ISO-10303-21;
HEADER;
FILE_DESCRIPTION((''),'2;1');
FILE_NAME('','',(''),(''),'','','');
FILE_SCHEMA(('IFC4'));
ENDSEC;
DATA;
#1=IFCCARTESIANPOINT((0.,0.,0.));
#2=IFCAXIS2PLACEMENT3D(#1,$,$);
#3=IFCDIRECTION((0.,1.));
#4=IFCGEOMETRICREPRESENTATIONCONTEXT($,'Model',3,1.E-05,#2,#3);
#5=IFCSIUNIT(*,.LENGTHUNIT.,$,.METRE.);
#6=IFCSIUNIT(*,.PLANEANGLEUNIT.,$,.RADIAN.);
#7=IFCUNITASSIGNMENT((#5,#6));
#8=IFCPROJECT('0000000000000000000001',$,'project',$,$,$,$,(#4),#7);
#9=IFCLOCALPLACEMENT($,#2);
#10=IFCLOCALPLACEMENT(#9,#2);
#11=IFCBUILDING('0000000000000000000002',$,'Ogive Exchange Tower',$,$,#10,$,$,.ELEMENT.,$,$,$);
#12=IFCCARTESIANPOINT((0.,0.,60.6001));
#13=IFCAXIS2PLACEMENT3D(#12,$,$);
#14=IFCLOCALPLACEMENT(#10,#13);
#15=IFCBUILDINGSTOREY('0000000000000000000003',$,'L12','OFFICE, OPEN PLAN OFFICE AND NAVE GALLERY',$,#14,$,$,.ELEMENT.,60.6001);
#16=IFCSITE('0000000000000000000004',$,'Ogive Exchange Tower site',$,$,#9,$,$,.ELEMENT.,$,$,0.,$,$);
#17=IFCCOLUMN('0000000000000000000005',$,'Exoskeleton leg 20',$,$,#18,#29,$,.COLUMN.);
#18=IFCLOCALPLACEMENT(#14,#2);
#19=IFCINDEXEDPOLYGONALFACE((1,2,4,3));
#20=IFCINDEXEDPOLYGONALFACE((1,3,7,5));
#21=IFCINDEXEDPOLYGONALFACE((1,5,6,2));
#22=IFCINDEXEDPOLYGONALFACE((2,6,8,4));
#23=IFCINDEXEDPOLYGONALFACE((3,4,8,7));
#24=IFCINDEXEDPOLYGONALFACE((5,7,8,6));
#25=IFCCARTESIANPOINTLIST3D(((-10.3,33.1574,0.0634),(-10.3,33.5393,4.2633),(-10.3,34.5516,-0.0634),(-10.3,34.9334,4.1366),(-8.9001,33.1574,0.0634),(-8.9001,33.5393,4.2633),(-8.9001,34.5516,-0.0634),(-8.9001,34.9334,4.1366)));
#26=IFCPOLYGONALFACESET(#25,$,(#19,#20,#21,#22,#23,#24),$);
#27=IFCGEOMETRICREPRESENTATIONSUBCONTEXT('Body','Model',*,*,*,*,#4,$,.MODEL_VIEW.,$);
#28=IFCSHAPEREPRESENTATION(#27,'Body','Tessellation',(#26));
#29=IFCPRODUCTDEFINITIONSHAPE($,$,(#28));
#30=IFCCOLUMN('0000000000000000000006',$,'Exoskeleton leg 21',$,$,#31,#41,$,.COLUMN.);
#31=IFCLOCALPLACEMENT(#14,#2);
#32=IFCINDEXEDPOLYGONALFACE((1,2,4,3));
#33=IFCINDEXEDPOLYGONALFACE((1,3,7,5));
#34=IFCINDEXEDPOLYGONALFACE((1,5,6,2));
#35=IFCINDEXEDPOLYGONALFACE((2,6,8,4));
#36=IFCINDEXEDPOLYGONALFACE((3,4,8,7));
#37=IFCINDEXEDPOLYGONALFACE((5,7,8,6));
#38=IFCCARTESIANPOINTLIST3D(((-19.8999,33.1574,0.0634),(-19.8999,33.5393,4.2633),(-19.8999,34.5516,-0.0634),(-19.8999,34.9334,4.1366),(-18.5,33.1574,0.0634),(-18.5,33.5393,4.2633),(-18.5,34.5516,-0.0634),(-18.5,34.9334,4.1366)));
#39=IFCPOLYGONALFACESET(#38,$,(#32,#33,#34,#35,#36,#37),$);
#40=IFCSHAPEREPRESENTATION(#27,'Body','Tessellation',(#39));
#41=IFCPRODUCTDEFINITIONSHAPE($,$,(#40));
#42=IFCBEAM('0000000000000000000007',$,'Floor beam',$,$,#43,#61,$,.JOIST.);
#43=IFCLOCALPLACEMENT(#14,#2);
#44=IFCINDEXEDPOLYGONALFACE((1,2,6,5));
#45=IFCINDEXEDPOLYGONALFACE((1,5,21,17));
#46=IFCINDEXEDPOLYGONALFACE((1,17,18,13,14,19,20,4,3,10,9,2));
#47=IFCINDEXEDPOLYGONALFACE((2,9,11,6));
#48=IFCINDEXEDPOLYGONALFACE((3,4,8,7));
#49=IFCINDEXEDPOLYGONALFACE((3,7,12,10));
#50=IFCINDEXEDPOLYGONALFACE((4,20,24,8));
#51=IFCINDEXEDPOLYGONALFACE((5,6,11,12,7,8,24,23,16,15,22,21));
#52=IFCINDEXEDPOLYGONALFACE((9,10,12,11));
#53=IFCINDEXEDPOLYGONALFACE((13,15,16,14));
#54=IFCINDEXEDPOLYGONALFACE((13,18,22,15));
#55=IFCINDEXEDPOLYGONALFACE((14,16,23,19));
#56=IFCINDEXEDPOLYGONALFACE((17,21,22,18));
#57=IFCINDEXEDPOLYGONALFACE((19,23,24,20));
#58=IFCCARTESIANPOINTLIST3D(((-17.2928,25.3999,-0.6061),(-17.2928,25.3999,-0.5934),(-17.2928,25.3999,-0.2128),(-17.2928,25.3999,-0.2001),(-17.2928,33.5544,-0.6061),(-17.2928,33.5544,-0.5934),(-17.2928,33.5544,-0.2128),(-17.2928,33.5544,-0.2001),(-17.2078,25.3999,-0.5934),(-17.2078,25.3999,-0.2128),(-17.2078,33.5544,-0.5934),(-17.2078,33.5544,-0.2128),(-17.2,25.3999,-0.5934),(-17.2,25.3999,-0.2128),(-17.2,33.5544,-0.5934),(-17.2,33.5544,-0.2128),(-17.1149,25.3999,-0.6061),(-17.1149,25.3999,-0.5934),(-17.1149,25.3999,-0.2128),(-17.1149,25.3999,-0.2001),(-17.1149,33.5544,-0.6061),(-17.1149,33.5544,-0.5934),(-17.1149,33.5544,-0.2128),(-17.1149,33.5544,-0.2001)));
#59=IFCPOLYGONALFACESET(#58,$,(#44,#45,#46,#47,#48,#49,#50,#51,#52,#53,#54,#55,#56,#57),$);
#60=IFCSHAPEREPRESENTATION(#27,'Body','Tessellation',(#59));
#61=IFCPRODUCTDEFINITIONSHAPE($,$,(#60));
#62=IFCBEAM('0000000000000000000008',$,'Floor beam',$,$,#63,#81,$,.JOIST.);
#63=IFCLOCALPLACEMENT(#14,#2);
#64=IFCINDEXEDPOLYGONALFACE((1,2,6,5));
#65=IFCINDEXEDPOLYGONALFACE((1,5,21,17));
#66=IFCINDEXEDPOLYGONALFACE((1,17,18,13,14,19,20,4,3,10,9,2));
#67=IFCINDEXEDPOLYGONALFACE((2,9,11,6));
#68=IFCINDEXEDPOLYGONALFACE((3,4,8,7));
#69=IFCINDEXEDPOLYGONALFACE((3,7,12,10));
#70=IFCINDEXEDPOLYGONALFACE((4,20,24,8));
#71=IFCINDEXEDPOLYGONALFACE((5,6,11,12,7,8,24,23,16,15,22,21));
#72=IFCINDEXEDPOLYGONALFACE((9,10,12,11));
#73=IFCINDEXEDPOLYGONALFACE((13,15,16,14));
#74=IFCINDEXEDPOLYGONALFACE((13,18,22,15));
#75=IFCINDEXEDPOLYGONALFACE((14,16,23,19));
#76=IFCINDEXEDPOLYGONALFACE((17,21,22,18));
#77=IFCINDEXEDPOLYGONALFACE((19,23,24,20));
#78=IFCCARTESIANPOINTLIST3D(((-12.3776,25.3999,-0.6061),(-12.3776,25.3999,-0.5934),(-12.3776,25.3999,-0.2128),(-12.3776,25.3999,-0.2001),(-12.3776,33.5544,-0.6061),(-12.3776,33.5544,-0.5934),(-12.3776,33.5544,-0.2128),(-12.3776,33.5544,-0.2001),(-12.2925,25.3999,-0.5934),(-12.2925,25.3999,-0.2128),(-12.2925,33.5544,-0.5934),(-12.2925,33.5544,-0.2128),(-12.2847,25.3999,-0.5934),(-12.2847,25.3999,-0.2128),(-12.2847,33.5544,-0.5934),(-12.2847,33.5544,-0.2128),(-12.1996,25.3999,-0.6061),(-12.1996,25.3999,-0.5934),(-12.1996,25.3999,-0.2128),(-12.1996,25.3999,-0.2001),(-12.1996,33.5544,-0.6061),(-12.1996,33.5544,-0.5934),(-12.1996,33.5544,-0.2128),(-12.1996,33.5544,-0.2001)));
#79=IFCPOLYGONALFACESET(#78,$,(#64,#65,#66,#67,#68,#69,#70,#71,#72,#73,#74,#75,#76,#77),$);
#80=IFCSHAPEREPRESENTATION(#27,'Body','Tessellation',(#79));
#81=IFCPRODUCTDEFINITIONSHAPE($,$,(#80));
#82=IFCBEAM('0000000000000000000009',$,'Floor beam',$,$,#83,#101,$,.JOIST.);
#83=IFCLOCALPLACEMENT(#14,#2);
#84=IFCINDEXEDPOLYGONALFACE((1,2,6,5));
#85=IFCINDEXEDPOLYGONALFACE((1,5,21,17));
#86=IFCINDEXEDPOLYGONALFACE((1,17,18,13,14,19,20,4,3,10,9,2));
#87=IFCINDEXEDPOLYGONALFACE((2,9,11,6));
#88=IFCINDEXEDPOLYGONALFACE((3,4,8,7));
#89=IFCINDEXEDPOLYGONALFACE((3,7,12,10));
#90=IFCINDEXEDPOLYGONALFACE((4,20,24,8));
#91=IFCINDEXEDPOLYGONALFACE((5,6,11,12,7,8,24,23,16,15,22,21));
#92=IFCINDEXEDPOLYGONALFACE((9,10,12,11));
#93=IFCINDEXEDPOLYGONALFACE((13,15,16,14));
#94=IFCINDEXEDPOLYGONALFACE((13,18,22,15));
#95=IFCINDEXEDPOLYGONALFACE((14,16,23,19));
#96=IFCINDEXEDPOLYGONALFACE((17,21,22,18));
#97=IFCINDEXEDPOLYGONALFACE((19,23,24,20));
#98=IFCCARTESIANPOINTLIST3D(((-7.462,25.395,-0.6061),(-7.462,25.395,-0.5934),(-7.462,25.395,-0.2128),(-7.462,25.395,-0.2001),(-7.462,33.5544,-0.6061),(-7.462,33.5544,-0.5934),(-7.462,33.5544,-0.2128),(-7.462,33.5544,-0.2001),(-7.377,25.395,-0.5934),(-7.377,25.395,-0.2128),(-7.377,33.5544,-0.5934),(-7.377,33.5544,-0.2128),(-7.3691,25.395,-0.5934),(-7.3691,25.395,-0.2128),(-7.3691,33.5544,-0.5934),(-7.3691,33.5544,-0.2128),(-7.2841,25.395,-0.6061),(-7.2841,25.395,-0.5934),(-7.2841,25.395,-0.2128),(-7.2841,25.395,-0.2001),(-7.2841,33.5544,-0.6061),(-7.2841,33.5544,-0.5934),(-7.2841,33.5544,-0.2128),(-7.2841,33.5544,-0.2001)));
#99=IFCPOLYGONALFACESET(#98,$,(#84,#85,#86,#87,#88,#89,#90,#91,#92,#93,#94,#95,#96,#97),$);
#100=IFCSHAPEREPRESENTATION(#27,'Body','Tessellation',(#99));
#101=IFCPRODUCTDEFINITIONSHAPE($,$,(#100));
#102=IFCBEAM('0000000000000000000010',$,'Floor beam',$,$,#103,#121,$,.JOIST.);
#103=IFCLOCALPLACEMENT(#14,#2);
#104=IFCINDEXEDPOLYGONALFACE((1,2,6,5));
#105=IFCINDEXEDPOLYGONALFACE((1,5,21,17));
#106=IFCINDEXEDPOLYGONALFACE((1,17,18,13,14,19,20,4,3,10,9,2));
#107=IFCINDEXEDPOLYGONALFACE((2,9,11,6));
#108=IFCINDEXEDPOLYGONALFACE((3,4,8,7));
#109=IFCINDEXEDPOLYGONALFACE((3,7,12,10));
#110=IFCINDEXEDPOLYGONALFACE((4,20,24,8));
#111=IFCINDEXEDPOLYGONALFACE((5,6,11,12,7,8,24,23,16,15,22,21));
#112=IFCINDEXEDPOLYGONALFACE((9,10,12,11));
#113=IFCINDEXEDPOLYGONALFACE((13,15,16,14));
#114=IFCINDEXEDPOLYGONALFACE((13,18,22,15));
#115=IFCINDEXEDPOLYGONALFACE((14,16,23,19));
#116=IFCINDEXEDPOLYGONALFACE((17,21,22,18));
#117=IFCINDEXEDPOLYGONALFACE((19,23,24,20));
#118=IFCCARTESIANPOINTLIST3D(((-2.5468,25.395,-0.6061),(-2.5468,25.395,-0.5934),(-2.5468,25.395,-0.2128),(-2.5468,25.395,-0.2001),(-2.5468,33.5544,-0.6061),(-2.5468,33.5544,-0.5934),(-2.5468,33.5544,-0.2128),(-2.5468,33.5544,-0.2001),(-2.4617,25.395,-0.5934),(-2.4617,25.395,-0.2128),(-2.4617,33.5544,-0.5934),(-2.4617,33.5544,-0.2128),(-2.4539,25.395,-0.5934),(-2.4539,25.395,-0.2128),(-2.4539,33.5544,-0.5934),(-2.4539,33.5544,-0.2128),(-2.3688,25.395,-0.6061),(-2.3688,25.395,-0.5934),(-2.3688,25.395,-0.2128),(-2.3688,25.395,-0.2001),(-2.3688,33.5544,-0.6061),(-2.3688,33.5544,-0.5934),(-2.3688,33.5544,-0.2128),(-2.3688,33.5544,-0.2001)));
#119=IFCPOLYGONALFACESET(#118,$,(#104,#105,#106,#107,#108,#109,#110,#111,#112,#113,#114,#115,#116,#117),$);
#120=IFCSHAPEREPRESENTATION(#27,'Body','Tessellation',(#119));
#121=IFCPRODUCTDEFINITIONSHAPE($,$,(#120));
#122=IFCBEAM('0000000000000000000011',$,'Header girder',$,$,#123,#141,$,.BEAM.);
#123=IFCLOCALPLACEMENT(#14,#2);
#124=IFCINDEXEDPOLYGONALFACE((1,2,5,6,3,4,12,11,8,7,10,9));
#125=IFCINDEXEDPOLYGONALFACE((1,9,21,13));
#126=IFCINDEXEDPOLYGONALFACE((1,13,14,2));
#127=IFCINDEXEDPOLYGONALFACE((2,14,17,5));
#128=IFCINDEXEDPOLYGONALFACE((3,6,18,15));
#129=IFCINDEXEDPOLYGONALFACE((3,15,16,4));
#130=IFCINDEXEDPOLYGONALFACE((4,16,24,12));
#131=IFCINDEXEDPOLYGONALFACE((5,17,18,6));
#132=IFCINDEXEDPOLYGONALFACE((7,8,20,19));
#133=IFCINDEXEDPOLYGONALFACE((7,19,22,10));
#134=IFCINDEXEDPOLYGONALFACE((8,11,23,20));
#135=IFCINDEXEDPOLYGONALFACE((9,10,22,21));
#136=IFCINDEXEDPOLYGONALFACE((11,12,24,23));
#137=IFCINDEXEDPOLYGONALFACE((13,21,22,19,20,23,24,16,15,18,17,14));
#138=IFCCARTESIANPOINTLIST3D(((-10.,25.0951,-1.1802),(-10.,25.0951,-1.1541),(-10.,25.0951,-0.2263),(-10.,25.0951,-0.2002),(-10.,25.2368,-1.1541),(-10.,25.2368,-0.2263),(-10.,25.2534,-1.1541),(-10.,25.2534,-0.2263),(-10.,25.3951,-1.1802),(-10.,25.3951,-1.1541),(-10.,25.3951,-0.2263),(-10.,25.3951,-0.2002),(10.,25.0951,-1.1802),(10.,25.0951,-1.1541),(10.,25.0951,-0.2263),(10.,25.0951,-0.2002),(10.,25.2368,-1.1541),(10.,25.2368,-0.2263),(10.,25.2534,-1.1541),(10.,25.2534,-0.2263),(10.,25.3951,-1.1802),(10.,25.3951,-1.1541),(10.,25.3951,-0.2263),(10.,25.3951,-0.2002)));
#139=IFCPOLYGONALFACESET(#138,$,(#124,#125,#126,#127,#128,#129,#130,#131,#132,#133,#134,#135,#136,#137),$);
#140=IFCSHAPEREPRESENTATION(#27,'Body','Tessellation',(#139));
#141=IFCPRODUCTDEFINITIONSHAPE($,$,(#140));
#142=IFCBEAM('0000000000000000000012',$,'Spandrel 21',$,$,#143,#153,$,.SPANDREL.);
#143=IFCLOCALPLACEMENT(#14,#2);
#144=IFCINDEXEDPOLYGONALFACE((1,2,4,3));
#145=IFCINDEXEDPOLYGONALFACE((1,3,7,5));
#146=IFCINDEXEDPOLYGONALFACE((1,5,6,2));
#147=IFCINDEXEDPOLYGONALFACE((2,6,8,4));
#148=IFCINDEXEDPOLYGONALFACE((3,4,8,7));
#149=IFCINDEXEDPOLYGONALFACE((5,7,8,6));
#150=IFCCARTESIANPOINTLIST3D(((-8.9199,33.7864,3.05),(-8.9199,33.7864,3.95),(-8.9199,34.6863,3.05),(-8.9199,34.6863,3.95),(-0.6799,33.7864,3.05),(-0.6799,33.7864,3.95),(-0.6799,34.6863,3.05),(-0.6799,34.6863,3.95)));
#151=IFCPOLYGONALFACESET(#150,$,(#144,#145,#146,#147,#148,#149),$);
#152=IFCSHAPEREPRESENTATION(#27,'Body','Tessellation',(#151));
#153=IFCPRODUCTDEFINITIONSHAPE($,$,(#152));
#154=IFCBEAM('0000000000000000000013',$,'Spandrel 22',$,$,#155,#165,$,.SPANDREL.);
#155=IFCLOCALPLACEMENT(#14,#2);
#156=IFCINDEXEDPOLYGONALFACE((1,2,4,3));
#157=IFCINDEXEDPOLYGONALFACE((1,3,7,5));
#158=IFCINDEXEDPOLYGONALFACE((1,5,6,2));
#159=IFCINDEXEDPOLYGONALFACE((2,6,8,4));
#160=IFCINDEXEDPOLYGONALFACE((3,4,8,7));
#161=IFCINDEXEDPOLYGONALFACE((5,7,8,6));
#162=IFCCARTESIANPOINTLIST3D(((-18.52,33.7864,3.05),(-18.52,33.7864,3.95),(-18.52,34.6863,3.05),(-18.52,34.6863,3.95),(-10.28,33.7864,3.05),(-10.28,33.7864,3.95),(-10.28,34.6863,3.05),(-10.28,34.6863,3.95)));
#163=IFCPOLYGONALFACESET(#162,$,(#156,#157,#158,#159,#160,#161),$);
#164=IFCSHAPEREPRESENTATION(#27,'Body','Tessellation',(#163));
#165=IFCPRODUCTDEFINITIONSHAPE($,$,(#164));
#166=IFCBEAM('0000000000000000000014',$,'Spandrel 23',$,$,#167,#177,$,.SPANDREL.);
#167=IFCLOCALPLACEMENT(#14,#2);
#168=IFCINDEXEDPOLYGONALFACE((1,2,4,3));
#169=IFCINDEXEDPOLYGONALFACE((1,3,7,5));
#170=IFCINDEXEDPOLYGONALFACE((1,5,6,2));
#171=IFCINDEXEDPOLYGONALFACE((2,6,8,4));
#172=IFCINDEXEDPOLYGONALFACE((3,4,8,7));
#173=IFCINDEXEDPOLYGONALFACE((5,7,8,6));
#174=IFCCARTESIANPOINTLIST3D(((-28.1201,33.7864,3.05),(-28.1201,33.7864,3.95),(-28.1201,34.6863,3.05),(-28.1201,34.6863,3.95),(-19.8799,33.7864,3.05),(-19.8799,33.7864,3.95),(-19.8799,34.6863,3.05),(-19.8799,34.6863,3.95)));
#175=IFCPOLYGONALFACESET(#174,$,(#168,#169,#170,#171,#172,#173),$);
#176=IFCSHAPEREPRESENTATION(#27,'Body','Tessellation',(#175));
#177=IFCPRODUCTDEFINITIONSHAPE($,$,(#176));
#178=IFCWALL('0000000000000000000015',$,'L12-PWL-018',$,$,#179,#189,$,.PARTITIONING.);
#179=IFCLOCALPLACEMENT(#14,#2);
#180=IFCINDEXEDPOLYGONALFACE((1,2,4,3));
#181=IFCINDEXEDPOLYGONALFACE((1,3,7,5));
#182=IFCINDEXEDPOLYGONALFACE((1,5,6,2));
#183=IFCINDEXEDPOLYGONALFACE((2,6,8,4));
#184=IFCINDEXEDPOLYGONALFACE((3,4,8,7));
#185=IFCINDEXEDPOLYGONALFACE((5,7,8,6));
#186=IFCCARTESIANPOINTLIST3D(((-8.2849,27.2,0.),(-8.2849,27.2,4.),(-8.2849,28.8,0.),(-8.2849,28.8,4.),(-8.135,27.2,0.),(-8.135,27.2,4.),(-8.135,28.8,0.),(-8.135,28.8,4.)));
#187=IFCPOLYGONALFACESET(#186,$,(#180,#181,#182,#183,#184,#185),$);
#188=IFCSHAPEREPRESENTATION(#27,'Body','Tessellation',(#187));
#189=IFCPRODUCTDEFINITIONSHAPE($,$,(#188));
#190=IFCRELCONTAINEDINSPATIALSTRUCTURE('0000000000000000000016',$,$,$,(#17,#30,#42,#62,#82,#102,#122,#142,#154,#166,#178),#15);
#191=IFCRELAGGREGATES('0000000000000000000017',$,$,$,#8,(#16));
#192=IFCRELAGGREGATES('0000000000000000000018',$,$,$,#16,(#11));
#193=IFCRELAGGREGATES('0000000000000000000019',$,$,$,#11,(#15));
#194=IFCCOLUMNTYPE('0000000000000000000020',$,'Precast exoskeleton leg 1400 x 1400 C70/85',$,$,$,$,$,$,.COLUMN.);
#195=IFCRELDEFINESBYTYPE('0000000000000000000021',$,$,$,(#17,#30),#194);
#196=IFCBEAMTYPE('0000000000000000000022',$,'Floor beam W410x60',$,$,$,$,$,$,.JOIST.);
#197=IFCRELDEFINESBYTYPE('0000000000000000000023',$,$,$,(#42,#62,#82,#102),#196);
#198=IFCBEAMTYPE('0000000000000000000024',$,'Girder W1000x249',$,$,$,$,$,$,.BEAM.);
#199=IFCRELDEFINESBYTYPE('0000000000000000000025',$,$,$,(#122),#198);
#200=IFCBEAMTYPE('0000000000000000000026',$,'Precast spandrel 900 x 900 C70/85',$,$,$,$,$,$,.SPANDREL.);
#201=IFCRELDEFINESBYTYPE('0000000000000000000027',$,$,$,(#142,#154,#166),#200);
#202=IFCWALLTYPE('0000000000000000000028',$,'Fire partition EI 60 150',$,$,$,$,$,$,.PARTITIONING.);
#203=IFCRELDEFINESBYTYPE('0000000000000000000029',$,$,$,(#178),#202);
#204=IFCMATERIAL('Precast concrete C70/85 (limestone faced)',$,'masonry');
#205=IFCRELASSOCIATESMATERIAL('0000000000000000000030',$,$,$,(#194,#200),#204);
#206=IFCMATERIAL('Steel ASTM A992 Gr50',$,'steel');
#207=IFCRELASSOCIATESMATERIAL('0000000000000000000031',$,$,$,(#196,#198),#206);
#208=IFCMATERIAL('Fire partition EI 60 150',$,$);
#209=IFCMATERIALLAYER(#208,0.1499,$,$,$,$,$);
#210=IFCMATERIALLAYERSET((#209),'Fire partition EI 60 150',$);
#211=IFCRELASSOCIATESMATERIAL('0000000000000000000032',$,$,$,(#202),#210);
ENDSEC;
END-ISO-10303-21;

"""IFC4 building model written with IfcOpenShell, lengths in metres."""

from ifc_helpers import new_model, si_unit, direction, frame, frame_2d, origin, origin_2d, place, context, subcontext, project, spatial, rectangle, i_section, extrude, material, layer, layer_set, material_profile, profile_set, type_object, element, save


model = new_model("IFC4")

# Units and contexts
model_context = context("Model", 3, precision=1e-05, world=origin(), true_north=direction((0.0, 1.0)))
body_context = subcontext(model_context, "Body", "Model", "MODEL_VIEW")
ifc_project = project(units=[si_unit("LENGTHUNIT", "METRE"), si_unit("PLANEANGLEUNIT", "RADIAN")], contexts=[model_context])

# Site, building, storey
site_placement = place(None, origin())
site = spatial("IfcSite", under=ifc_project, at=site_placement, Name="Ogive Exchange Tower site", CompositionType="ELEMENT", RefElevation=0.0)
building_placement = place(site_placement, origin())
building = spatial("IfcBuilding", under=site, at=building_placement, Name="Ogive Exchange Tower", CompositionType="ELEMENT")
storey_placement = place(building_placement, frame((0.0, 0.0, 60.6001)))
storey = spatial("IfcBuildingStorey", under=building, at=storey_placement, Name="L12", Description="OFFICE, OPEN PLAN OFFICE AND NAVE GALLERY", CompositionType="ELEMENT", Elevation=60.6001)

# Columns
ifc_material_1 = material(Name="Precast concrete C70/85 (limestone faced)", Category="masonry")
ifc_material_profile_1 = material_profile(ifc_material_1, rectangle(XDim=1.3999, YDim=1.3999, at=origin_2d()), Name="1400 x 1400")
ifc_profile_set_1 = profile_set([ifc_material_profile_1], Name="Precast concrete C70/85 (limestone faced)")
column_type = type_object("IfcColumnType", Name="Precast exoskeleton leg 1400 x 1400 C70/85", PredefinedType="COLUMN", material=ifc_profile_set_1)
for number, where, z_axis, x_axis, name in (
    (1, (-9.6001, 33.8545, 0.0), (0.0, 0.090541, 0.995893), (-1.0, 0.0, 0.0), "Exoskeleton leg 20"),
    (2, (-19.2, 33.8545, 0.0), (0.0, 0.090541, 0.995893), (-1.0, 0.0, 0.0), "Exoskeleton leg 21"),
):
    element("IfcColumn", number, at=place(storey_placement, frame(where, z_axis=z_axis, x_axis=x_axis)), inside=storey, type_object=column_type, Name=name, PredefinedType="COLUMN", context=body_context, shape_type="SweptSolid", body=[
        extrude(rectangle(XDim=1.3999, YDim=1.3999, at=origin_2d()), origin(), (0.0, 0.0, 1.0), 4.2173),
    ])

# Beams
ifc_material_2 = material(Name="Steel ASTM A992 Gr50", Category="steel")
ifc_material_profile_2 = material_profile(ifc_material_2, i_section(OverallWidth=0.178, OverallDepth=0.406, WebThickness=0.0078, FlangeThickness=0.0127, at=origin_2d()), Name="W410x60")
ifc_profile_set_2 = profile_set([ifc_material_profile_2], Name="Steel ASTM A992 Gr50")
beam_type_1 = type_object("IfcBeamType", Name="Floor beam W410x60", PredefinedType="JOIST", material=ifc_profile_set_2)
for number, where, z_axis, x_axis, name in (
    (3, (-17.2039, 25.3999, -0.4031), (0.0, 1.0, 0.0), (-1.0, 0.0, 0.0), "Floor beam"),
    (4, (-12.2886, 25.3999, -0.4031), (0.0, 1.0, 0.0), (-1.0, 0.0, 0.0), "Floor beam"),
):
    element("IfcBeam", number, at=place(storey_placement, frame(where, z_axis=z_axis, x_axis=x_axis)), inside=storey, type_object=beam_type_1, Name=name, PredefinedType="JOIST", context=body_context, shape_type="SweptSolid", body=[
        extrude(i_section(OverallWidth=0.178, OverallDepth=0.406, WebThickness=0.0078, FlangeThickness=0.0127, at=origin_2d()), origin(), (0.0, 0.0, 1.0), 8.1545),
    ])
for number, where, z_axis, x_axis, name in (
    (5, (-7.373, 25.395, -0.4031), (0.0, 1.0, 0.0), (-1.0, 0.0, 0.0), "Floor beam"),
    (6, (-2.4578, 25.395, -0.4031), (0.0, 1.0, 0.0), (-1.0, 0.0, 0.0), "Floor beam"),
):
    element("IfcBeam", number, at=place(storey_placement, frame(where, z_axis=z_axis, x_axis=x_axis)), inside=storey, type_object=beam_type_1, Name=name, PredefinedType="JOIST", context=body_context, shape_type="SweptSolid", body=[
        extrude(i_section(OverallWidth=0.178, OverallDepth=0.406, WebThickness=0.0078, FlangeThickness=0.0127, at=origin_2d()), origin(), (0.0, 0.0, 1.0), 8.1594),
    ])
ifc_material_profile_3 = material_profile(ifc_material_2, i_section(OverallWidth=0.3, OverallDepth=0.98, WebThickness=0.0166, FlangeThickness=0.0261, at=origin_2d()), Name="W1000x249")
ifc_profile_set_3 = profile_set([ifc_material_profile_3], Name="Steel ASTM A992 Gr50")
beam_type_2 = type_object("IfcBeamType", Name="Girder W1000x249", PredefinedType="BEAM", material=ifc_profile_set_3)
beam_1_placement = place(storey_placement, frame((-10.0, 25.2451, -0.6902), z_axis=(1.0, 0.0, 0.0), x_axis=(0.0, 1.0, 0.0)))
element("IfcBeam", 7, at=beam_1_placement, inside=storey, type_object=beam_type_2, Name="Header girder", PredefinedType="BEAM", context=body_context, shape_type="SweptSolid", body=[
    extrude(i_section(OverallWidth=0.3, OverallDepth=0.98, WebThickness=0.0166, FlangeThickness=0.0261, at=origin_2d()), origin(), (0.0, 0.0, 1.0), 20.0),
])
ifc_material_profile_4 = material_profile(ifc_material_1, rectangle(XDim=0.8999, YDim=0.8999, at=origin_2d()), Name="900 x 900")
ifc_profile_set_4 = profile_set([ifc_material_profile_4], Name="Precast concrete C70/85 (limestone faced)")
beam_type_3 = type_object("IfcBeamType", Name="Precast spandrel 900 x 900 C70/85", PredefinedType="SPANDREL", material=ifc_profile_set_4)
for number, where, z_axis, x_axis, name in (
    (8, (-0.6799, 34.2363, 3.5), (-1.0, 0.0, 0.0), (0.0, -1.0, 0.0), "Spandrel 21"),
    (9, (-10.28, 34.2363, 3.5), (-1.0, 0.0, 0.0), (0.0, -1.0, 0.0), "Spandrel 22"),
):
    element("IfcBeam", number, at=place(storey_placement, frame(where, z_axis=z_axis, x_axis=x_axis)), inside=storey, type_object=beam_type_3, Name=name, PredefinedType="SPANDREL", context=body_context, shape_type="SweptSolid", body=[
        extrude(rectangle(XDim=0.8999, YDim=0.8999, at=origin_2d()), origin(), (0.0, 0.0, 1.0), 8.24),
    ])
beam_2_placement = place(storey_placement, frame((-19.8799, 34.2363, 3.5), z_axis=(-1.0, 0.0, 0.0), x_axis=(0.0, -1.0, 0.0)))
element("IfcBeam", 10, at=beam_2_placement, inside=storey, type_object=beam_type_3, Name="Spandrel 23", PredefinedType="SPANDREL", context=body_context, shape_type="SweptSolid", body=[
    extrude(rectangle(XDim=0.8999, YDim=0.8999, at=origin_2d()), origin(), (0.0, 0.0, 1.0), 8.2402),
])

# Wall
ifc_material_3 = material(Name="Fire partition EI 60 150")
ifc_layer_1 = layer(ifc_material_3, 0.1499)
ifc_layer_set_1 = layer_set([ifc_layer_1], Name="Fire partition EI 60 150")
wall_type_1 = type_object("IfcWallType", Name="Fire partition EI 60 150", PredefinedType="PARTITIONING", material=ifc_layer_set_1)
wall_1_placement = place(storey_placement, frame((-8.21, 28.8, 0.0), z_axis=(0.0, 0.0, 1.0), x_axis=(0.0, -1.0, 0.0)))
element("IfcWall", 11, at=wall_1_placement, inside=storey, type_object=wall_type_1, Name="L12-PWL-018", PredefinedType="PARTITIONING", context=body_context, shape_type="SweptSolid", body=[
    extrude(rectangle(XDim=1.6001, YDim=0.1499, at=frame_2d((0.8, 0.0))), origin(), (0.0, 0.0, 1.0), 4.0),
])

save(model, "model.ifc")
